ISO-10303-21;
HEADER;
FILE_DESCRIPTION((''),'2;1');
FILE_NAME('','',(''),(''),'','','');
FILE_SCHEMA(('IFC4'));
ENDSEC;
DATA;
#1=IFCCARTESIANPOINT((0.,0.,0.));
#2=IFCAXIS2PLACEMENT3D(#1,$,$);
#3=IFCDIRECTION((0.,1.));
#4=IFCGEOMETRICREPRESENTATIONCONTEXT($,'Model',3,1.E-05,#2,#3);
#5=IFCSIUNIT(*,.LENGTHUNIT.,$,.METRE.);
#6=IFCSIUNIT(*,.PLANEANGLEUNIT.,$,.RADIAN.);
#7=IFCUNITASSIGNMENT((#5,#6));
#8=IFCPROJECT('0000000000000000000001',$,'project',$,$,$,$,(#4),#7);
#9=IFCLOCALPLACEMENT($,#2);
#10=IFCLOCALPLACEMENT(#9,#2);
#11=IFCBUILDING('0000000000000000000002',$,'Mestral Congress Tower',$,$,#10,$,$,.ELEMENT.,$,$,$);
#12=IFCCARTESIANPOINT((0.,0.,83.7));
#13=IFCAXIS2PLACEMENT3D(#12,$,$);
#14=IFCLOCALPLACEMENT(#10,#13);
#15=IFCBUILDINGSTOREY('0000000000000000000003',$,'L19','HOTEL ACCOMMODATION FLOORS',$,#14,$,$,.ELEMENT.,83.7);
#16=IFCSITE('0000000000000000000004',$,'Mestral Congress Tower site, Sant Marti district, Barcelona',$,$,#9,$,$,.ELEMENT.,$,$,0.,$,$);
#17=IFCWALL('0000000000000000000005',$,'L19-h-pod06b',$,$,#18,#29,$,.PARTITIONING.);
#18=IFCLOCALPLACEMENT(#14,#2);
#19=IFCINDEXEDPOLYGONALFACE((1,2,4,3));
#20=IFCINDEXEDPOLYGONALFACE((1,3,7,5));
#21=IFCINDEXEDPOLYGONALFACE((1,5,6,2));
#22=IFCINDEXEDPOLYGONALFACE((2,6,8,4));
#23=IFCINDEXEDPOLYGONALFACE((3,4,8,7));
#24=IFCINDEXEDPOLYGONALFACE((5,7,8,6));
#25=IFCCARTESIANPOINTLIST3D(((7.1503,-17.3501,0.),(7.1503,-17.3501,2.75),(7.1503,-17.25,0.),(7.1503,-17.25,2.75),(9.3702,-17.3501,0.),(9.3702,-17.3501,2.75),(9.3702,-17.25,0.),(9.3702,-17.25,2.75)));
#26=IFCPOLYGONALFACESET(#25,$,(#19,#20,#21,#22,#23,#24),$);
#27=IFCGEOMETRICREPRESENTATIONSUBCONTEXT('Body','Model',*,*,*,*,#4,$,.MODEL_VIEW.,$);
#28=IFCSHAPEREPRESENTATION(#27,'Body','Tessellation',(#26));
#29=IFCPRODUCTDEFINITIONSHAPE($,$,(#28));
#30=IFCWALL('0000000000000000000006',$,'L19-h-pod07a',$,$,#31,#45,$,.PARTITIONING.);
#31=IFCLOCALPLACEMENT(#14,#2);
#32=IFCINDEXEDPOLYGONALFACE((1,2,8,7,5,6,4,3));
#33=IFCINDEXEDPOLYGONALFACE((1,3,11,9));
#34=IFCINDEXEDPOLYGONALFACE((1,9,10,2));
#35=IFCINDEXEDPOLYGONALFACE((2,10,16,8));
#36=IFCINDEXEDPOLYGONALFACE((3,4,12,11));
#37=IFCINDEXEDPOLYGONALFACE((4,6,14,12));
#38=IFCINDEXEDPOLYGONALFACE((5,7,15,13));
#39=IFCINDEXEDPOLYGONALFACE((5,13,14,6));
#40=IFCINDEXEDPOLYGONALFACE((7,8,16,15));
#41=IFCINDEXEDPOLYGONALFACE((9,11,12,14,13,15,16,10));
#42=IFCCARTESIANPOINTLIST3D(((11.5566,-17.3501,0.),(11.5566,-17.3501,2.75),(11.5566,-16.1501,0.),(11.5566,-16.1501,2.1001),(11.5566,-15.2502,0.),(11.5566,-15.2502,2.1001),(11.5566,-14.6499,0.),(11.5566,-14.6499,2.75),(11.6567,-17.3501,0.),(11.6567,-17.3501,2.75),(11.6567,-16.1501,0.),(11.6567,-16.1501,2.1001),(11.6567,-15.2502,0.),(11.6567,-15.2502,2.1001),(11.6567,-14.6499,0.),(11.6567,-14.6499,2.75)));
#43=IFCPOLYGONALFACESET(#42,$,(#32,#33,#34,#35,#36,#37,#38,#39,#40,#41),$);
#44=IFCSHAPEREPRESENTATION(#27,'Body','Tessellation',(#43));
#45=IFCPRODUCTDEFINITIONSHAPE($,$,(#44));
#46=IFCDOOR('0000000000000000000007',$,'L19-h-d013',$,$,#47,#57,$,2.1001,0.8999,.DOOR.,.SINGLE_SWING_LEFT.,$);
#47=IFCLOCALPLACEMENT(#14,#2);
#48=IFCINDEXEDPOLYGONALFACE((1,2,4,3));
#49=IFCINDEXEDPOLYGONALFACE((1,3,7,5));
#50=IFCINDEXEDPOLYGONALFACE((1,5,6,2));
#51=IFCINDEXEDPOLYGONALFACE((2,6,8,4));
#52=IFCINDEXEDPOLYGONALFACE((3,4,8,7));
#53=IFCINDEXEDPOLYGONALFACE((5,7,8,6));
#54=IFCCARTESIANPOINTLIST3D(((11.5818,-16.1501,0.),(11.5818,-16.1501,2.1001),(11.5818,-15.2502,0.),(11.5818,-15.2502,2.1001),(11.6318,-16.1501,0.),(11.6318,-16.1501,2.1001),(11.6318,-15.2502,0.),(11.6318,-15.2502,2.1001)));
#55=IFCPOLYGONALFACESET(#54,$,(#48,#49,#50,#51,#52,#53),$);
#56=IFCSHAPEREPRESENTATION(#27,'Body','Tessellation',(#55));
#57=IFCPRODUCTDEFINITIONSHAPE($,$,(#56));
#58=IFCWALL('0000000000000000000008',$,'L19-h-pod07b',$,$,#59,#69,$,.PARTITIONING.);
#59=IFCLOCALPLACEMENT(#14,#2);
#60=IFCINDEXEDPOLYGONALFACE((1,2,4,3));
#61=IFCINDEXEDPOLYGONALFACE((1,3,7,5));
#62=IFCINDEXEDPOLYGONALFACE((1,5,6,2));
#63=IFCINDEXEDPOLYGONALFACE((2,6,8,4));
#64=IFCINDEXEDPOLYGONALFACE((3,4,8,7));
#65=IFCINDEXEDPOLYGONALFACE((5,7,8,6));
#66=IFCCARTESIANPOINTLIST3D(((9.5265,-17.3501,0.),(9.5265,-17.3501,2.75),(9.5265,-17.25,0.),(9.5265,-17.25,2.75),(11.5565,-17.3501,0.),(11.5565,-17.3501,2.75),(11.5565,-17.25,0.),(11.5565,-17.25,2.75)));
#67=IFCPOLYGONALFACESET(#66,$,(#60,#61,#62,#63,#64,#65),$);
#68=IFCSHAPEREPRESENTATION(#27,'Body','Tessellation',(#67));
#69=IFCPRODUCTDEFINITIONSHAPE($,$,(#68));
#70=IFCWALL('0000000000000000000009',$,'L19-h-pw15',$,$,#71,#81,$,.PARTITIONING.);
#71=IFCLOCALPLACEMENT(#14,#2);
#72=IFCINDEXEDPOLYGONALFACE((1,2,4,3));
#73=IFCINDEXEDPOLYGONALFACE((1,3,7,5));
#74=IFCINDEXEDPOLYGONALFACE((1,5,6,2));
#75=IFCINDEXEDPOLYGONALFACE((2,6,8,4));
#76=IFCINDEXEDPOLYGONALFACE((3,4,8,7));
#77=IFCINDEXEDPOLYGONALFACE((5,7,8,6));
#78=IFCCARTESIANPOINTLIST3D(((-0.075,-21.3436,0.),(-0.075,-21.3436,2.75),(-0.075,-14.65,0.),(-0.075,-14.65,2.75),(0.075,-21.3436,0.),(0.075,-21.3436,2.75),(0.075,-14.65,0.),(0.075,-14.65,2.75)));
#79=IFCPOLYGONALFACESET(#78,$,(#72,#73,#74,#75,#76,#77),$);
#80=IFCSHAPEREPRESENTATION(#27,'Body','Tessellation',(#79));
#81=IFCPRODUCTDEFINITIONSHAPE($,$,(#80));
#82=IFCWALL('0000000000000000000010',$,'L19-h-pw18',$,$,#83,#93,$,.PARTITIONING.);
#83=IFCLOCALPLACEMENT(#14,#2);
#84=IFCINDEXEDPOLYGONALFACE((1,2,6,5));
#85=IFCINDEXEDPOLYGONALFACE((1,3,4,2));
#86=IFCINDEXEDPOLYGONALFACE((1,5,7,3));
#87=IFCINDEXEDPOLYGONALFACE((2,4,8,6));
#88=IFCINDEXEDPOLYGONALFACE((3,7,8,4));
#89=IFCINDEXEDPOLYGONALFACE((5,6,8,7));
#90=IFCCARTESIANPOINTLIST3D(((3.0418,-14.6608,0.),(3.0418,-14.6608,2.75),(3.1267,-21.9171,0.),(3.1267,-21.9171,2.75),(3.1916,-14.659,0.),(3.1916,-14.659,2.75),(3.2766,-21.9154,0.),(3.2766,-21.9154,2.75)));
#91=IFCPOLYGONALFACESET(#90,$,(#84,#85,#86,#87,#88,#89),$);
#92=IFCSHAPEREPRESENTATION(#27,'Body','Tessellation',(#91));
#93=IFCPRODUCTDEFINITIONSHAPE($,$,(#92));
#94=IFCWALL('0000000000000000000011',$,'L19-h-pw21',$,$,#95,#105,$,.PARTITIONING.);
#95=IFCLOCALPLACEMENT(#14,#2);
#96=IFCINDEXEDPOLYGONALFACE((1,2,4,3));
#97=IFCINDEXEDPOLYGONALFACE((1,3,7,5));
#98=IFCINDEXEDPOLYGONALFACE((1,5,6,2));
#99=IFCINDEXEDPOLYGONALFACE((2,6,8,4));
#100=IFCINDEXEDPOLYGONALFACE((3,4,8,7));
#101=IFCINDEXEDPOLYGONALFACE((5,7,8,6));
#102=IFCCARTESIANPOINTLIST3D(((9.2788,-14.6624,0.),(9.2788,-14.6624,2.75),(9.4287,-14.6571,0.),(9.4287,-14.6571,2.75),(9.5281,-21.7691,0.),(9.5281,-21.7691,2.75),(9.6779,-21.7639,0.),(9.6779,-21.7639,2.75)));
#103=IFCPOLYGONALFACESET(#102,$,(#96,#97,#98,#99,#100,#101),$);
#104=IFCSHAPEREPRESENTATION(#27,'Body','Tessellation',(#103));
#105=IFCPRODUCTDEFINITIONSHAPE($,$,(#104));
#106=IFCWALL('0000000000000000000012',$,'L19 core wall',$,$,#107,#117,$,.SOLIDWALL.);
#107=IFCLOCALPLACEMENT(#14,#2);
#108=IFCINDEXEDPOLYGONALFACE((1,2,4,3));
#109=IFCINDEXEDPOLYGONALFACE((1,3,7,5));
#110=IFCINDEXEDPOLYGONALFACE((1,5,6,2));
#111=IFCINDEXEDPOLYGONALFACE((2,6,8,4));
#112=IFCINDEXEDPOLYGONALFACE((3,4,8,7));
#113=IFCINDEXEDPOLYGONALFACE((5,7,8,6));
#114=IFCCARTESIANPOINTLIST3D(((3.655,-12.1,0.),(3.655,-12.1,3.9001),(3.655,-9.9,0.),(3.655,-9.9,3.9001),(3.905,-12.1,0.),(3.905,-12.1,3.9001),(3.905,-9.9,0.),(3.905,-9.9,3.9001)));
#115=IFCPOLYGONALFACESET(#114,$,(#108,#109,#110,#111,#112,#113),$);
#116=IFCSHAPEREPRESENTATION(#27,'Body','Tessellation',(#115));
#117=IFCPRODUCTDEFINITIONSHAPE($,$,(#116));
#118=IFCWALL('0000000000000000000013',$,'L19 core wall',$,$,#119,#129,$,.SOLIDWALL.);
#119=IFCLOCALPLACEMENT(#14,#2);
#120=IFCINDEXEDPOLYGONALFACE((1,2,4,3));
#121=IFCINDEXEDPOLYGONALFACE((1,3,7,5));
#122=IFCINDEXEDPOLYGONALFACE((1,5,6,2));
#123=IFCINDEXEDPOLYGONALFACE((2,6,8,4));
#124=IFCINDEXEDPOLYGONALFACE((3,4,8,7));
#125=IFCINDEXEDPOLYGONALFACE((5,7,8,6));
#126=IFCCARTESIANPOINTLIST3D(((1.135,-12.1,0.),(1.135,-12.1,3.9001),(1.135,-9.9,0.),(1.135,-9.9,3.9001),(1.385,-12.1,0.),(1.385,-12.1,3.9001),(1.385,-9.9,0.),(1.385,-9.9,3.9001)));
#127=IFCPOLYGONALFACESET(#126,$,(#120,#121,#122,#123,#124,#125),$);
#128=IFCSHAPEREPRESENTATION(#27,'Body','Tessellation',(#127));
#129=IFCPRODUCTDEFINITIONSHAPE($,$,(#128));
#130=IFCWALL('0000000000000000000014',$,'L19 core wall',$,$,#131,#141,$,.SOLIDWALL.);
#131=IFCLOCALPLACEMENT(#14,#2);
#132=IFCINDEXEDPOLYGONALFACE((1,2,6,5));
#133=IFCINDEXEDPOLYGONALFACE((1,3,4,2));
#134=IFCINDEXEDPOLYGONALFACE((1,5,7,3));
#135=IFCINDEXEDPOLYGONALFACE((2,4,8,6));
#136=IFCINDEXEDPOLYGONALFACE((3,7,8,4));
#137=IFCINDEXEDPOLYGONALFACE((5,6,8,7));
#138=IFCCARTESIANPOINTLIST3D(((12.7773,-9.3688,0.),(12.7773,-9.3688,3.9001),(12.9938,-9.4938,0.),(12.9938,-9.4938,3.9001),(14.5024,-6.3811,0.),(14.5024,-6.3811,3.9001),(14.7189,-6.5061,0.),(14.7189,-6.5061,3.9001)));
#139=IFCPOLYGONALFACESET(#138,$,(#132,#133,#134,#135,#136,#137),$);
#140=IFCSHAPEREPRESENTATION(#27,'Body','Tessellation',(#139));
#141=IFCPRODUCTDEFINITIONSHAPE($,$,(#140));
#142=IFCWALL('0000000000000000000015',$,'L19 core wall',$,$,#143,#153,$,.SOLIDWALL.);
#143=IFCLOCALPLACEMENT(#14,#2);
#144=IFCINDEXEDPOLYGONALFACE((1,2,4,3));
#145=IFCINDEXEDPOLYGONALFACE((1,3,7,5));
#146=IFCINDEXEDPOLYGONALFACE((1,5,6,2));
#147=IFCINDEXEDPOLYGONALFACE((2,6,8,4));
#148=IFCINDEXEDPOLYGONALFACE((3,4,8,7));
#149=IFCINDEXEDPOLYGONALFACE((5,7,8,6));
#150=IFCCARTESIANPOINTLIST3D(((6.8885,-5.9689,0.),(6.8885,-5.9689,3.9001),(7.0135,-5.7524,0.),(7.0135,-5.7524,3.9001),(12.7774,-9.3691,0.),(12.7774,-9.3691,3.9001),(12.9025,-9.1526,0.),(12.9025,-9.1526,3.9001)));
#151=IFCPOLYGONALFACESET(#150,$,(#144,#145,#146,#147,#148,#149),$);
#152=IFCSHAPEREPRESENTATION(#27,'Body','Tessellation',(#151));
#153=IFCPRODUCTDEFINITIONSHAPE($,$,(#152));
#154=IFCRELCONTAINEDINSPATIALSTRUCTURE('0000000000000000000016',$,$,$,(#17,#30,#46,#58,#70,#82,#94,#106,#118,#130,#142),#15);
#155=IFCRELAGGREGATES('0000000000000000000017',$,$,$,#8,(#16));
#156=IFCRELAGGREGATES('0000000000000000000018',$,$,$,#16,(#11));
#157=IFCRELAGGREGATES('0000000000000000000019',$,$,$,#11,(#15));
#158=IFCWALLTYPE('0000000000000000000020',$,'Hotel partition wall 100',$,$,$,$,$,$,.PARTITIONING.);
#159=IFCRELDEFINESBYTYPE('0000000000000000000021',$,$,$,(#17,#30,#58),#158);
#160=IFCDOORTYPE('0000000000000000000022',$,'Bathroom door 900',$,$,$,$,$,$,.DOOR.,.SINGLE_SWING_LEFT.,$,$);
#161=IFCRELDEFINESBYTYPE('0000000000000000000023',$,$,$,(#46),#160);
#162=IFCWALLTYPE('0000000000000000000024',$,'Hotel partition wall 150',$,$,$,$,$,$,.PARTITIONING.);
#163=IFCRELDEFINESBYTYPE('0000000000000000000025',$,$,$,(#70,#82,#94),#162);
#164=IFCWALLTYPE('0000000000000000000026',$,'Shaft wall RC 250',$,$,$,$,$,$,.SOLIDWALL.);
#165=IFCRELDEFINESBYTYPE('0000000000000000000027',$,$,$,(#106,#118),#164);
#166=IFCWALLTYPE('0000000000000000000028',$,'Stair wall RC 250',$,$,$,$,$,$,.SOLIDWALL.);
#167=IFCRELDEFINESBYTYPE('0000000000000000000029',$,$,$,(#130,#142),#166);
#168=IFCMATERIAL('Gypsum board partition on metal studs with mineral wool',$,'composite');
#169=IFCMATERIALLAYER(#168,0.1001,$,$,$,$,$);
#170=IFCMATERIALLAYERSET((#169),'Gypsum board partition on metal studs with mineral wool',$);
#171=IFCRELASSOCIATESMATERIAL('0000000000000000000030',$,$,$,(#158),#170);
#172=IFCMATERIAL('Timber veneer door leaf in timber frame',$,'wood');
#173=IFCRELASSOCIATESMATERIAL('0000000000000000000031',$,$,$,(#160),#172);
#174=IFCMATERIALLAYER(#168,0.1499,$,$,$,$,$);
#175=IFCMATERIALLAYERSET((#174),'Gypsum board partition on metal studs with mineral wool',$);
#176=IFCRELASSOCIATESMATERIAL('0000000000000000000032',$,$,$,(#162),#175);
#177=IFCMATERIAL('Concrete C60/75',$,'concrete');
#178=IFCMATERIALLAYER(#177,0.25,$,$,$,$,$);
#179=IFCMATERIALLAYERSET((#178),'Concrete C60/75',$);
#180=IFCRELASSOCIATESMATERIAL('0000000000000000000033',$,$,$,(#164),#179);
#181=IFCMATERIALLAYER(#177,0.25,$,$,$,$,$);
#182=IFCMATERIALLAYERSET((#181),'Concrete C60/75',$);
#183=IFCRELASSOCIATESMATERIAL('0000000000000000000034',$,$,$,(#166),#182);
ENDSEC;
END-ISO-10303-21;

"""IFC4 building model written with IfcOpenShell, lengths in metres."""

from ifc_helpers import new_model, si_unit, direction, frame, frame_2d, origin, place, context, subcontext, project, spatial, rectangle, extrude, material, layer, layer_set, type_object, element, fill, save


model = new_model("IFC4")

# Units and contexts
model_context = context("Model", 3, precision=1e-05, world=origin(), true_north=direction((0.0, 1.0)))
body_context = subcontext(model_context, "Body", "Model", "MODEL_VIEW")
ifc_project = project(units=[si_unit("LENGTHUNIT", "METRE"), si_unit("PLANEANGLEUNIT", "RADIAN")], contexts=[model_context])

# Site, building, storey
site_placement = place(None, origin())
site = spatial("IfcSite", under=ifc_project, at=site_placement, Name="Mestral Congress Tower site, Sant Marti district, Barcelona", CompositionType="ELEMENT", RefElevation=0.0)
building_placement = place(site_placement, origin())
building = spatial("IfcBuilding", under=site, at=building_placement, Name="Mestral Congress Tower", CompositionType="ELEMENT")
storey_placement = place(building_placement, frame((0.0, 0.0, 83.7)))
storey = spatial("IfcBuildingStorey", under=building, at=storey_placement, Name="L19", Description="HOTEL ACCOMMODATION FLOORS", CompositionType="ELEMENT", Elevation=83.7)

# Shared definitions
ifc_material_1 = material(Name="Concrete C60/75", Category="concrete")

# Shared definitions
ifc_material_2 = material(Name="Gypsum board partition on metal studs with mineral wool", Category="composite")
ifc_layer_1 = layer(ifc_material_2, 0.1001)
ifc_layer_set_1 = layer_set([ifc_layer_1], Name="Gypsum board partition on metal studs with mineral wool")
wall_type_1 = type_object("IfcWallType", Name="Hotel partition wall 100", PredefinedType="PARTITIONING", material=ifc_layer_set_1)
ifc_material_3 = material(Name="Timber veneer door leaf in timber frame", Category="wood")
door_type_1 = type_object("IfcDoorType", Name="Bathroom door 900", OperationType="SINGLE_SWING_LEFT", PredefinedType="DOOR", material=ifc_material_3)

# Wall
wall_1_placement = place(storey_placement, frame((7.1504, -17.3, 0.0), z_axis=(0.0, 0.0, 1.0), x_axis=(1.0, 0.0, 0.0)))
element("IfcWall", 1, at=wall_1_placement, inside=storey, type_object=wall_type_1, Name="L19-h-pod06b", PredefinedType="PARTITIONING", context=body_context, shape_type="SweptSolid", body=[
    extrude(rectangle(XDim=2.22, YDim=0.1001, at=frame_2d((1.1099, 0.0))), origin(), (0.0, 0.0, 1.0), 2.75),
])

# Wall, opening, door
wall_2_placement = place(storey_placement, frame((11.6067, -17.3501, 0.0), z_axis=(0.0, 0.0, 1.0), x_axis=(0.0, 1.0, 0.0)))
wall_2 = element("IfcWall", 2, at=wall_2_placement, inside=storey, type_object=wall_type_1, Name="L19-h-pod07a", PredefinedType="PARTITIONING", context=body_context, shape_type="SweptSolid", body=[
    extrude(rectangle(XDim=2.7002, YDim=0.1001, at=frame_2d((1.3501, 0.0))), origin(), (0.0, 0.0, 1.0), 2.75),
])
opening_1_placement = place(wall_2_placement, frame((1.2, 0.0, 0.0)))
opening_1 = element("IfcOpeningElement", 3, at=opening_1_placement, cuts=wall_2, PredefinedType="OPENING", context=body_context, shape_type="SweptSolid", body=[
    extrude(rectangle(XDim=0.8999, YDim=2.1001, at=frame_2d((0.45, 1.05))), frame((0.0, 0.0601, 0.0), z_axis=(0.0, -1.0, 0.0), x_axis=(1.0, 0.0, 0.0)), (0.0, 0.0, 1.0), 0.1201),
])
door_1_placement = place(opening_1_placement, origin())
door_1 = element("IfcDoor", 4, at=door_1_placement, inside=storey, type_object=door_type_1, Name="L19-h-d013", OperationType="SINGLE_SWING_LEFT", OverallHeight=2.1001, OverallWidth=0.8999, PredefinedType="DOOR", context=body_context, shape_type="SweptSolid", body=[
    extrude(rectangle(XDim=0.8999, YDim=2.1001, at=frame_2d((0.45, 1.05))), frame((0.0, 0.0249, 0.0), z_axis=(0.0, -1.0, 0.0), x_axis=(1.0, 0.0, 0.0)), (0.0, 0.0, 1.0), 0.05),
])
fill(opening_1, door_1)

# Walls
wall_3_placement = place(storey_placement, frame((11.5566, -17.3, 0.0), z_axis=(0.0, 0.0, 1.0), x_axis=(-1.0, 0.0, 0.0)))
element("IfcWall", 5, at=wall_3_placement, inside=storey, type_object=wall_type_1, Name="L19-h-pod07b", PredefinedType="PARTITIONING", context=body_context, shape_type="SweptSolid", body=[
    extrude(rectangle(XDim=2.03, YDim=0.1001, at=frame_2d((1.0151, 0.0))), origin(), (0.0, 0.0, 1.0), 2.75),
])
ifc_layer_2 = layer(ifc_material_2, 0.1499)
ifc_layer_set_2 = layer_set([ifc_layer_2], Name="Gypsum board partition on metal studs with mineral wool")
wall_type_2 = type_object("IfcWallType", Name="Hotel partition wall 150", PredefinedType="PARTITIONING", material=ifc_layer_set_2)
wall_4_placement = place(storey_placement, frame((0.0, -21.3435, 0.0), z_axis=(0.0, 0.0, 1.0), x_axis=(0.0, 1.0, 0.0)))
element("IfcWall", 6, at=wall_4_placement, inside=storey, type_object=wall_type_2, Name="L19-h-pw15", PredefinedType="PARTITIONING", context=body_context, shape_type="SweptSolid", body=[
    extrude(rectangle(XDim=6.6936, YDim=0.1499, at=frame_2d((3.3467, 0.0))), origin(), (0.0, 0.0, 1.0), 2.75),
])
wall_5_placement = place(storey_placement, frame((3.2017, -21.9163, 0.0), z_axis=(0.0, 0.0, 1.0), x_axis=(-0.011708, 0.999931, 0.0)))
element("IfcWall", 7, at=wall_5_placement, inside=storey, type_object=wall_type_2, Name="L19-h-pw18", PredefinedType="PARTITIONING", context=body_context, shape_type="SweptSolid", body=[
    extrude(rectangle(XDim=7.2568, YDim=0.1499, at=frame_2d((3.6284, 0.0))), origin(), (0.0, 0.0, 1.0), 2.75),
])
wall_6_placement = place(storey_placement, frame((9.603, -21.7666, 0.0), z_axis=(0.0, 0.0, 1.0), x_axis=(-0.035054, 0.999385, 0.0)))
element("IfcWall", 8, at=wall_6_placement, inside=storey, type_object=wall_type_2, Name="L19-h-pw21", PredefinedType="PARTITIONING", context=body_context, shape_type="SweptSolid", body=[
    extrude(rectangle(XDim=7.1111, YDim=0.1499, at=frame_2d((3.5557, 0.0))), origin(), (0.0, 0.0, 1.0), 2.75),
])
ifc_layer_3 = layer(ifc_material_1, 0.25)
ifc_layer_set_3 = layer_set([ifc_layer_3], Name="Concrete C60/75")
wall_type_3 = type_object("IfcWallType", Name="Shaft wall RC 250", PredefinedType="SOLIDWALL", material=ifc_layer_set_3)
for number, where, z_axis, x_axis, name in (
    (9, (3.78, -12.1001, 0.0), (0.0, 0.0, 1.0), (0.0, 1.0, 0.0), "L19 core wall"),
    (10, (1.26, -12.1001, 0.0), (0.0, 0.0, 1.0), (0.0, 1.0, 0.0), "L19 core wall"),
):
    element("IfcWall", number, at=place(storey_placement, frame(where, z_axis=z_axis, x_axis=x_axis)), inside=storey, type_object=wall_type_3, Name=name, PredefinedType="SOLIDWALL", context=body_context, shape_type="SweptSolid", body=[
        extrude(rectangle(XDim=2.2, YDim=0.25, at=frame_2d((1.1001, 0.0))), origin(), (0.0, 0.0, 1.0), 3.9001),
    ])
ifc_layer_4 = layer(ifc_material_1, 0.25)
ifc_layer_set_4 = layer_set([ifc_layer_4], Name="Concrete C60/75")
wall_type_4 = type_object("IfcWallType", Name="Stair wall RC 250", PredefinedType="SOLIDWALL", material=ifc_layer_set_4)
wall_7_placement = place(storey_placement, frame((12.8855, -9.4314, 0.0), z_axis=(0.0, 0.0, 1.0), x_axis=(0.500021, 0.866014, 0.0)))
element("IfcWall", 11, at=wall_7_placement, inside=storey, type_object=wall_type_4, Name="L19 core wall", PredefinedType="SOLIDWALL", context=body_context, shape_type="SweptSolid", body=[
    extrude(rectangle(XDim=3.45, YDim=0.25, at=frame_2d((1.7251, 0.0))), origin(), (0.0, 0.0, 1.0), 3.9001),
])
wall_8_placement = place(storey_placement, frame((12.8398, -9.2607, 0.0), z_axis=(0.0, 0.0, 1.0), x_axis=(-0.866014, 0.50002, 0.0)))
element("IfcWall", 12, at=wall_8_placement, inside=storey, type_object=wall_type_4, Name="L19 core wall", PredefinedType="SOLIDWALL", context=body_context, shape_type="SweptSolid", body=[
    extrude(rectangle(XDim=6.8, YDim=0.25, at=frame_2d((3.3999, 0.0))), origin(), (0.0, 0.0, 1.0), 3.9001),
])

save(model, "model.ifc")
